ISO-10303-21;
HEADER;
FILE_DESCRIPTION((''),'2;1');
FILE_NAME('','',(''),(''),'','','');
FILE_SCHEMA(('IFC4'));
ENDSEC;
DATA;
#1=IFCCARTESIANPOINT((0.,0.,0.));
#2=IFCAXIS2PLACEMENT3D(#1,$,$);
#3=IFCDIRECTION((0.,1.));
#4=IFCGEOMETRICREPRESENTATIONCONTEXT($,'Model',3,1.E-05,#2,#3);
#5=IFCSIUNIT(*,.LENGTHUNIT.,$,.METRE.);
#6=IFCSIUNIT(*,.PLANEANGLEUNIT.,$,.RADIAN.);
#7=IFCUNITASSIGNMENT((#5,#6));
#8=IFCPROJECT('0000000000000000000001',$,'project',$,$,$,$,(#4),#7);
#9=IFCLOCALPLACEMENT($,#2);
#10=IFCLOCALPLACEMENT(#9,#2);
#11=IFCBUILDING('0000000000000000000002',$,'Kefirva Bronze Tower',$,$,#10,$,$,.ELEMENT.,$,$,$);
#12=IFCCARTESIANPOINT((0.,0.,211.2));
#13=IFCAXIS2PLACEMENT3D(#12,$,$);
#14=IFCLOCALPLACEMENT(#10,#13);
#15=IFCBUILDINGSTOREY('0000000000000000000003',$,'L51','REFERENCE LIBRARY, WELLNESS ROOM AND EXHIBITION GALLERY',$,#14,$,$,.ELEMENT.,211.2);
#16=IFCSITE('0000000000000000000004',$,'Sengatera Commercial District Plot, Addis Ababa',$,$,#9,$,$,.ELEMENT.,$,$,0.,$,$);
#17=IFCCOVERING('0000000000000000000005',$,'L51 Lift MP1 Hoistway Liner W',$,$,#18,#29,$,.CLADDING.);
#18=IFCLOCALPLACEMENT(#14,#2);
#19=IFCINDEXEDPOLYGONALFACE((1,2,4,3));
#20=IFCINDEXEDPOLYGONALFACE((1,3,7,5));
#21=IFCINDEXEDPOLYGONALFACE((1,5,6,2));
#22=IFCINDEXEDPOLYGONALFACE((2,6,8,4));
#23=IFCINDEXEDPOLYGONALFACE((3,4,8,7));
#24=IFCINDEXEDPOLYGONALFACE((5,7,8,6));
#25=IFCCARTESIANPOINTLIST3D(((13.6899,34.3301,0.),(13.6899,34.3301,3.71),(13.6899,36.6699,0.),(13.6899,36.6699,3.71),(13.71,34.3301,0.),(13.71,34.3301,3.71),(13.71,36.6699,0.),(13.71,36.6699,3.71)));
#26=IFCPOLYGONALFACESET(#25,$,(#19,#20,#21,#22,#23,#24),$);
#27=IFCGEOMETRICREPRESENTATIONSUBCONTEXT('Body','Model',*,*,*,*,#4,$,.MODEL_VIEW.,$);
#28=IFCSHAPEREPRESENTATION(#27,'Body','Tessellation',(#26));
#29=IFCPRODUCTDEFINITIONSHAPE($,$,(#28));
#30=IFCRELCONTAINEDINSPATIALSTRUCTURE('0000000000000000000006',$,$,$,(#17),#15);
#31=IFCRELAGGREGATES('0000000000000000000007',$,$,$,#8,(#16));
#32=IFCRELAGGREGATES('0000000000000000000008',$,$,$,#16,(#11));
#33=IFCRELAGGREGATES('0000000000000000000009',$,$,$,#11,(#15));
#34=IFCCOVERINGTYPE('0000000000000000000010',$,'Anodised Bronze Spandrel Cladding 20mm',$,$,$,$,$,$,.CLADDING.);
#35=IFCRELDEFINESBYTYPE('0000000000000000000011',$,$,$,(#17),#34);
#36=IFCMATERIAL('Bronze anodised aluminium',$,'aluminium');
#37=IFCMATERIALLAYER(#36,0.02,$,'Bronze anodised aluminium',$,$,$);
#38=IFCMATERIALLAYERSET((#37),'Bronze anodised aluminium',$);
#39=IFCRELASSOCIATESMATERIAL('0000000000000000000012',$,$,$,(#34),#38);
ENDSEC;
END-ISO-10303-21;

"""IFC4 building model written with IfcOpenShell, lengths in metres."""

from ifc_helpers import new_model, si_unit, direction, frame, origin, place, context, subcontext, project, spatial, polyline, outline, extrude, material, layer, layer_set, type_object, element, save


model = new_model("IFC4")

# Units and contexts
model_context = context("Model", 3, precision=1e-05, world=origin(), true_north=direction((0.0, 1.0)))
body_context = subcontext(model_context, "Body", "Model", "MODEL_VIEW")
ifc_project = project(units=[si_unit("LENGTHUNIT", "METRE"), si_unit("PLANEANGLEUNIT", "RADIAN")], contexts=[model_context])

# Site, building, storey
site_placement = place(None, origin())
site = spatial("IfcSite", under=ifc_project, at=site_placement, Name="Sengatera Commercial District Plot, Addis Ababa", CompositionType="ELEMENT", RefElevation=0.0)
building_placement = place(site_placement, origin())
building = spatial("IfcBuilding", under=site, at=building_placement, Name="Kefirva Bronze Tower", CompositionType="ELEMENT")
storey_placement = place(building_placement, frame((0.0, 0.0, 211.2)))
storey = spatial("IfcBuildingStorey", under=building, at=storey_placement, Name="L51", Description="REFERENCE LIBRARY, WELLNESS ROOM AND EXHIBITION GALLERY", CompositionType="ELEMENT", Elevation=211.2)

# Covering
ifc_material_1 = material(Name="Bronze anodised aluminium", Category="aluminium")
ifc_layer_1 = layer(ifc_material_1, 0.02, Name="Bronze anodised aluminium")
ifc_layer_set_1 = layer_set([ifc_layer_1], Name="Bronze anodised aluminium")
covering_type = type_object("IfcCoveringType", Name="Anodised Bronze Spandrel Cladding 20mm", PredefinedType="CLADDING", material=ifc_layer_set_1)
covering_1_placement = place(storey_placement, origin())
element("IfcCovering", 1, at=covering_1_placement, inside=storey, type_object=covering_type, Name="L51 Lift MP1 Hoistway Liner W", PredefinedType="CLADDING", context=body_context, shape_type="SweptSolid", body=[
    extrude(outline(polyline([(13.6899, 34.3301), (13.71, 34.3301), (13.71, 36.6699), (13.6899, 36.6699), (13.6899, 34.3301)])), origin(), (0.0, 0.0, 1.0), 3.71),
])

save(model, "model.ifc")
